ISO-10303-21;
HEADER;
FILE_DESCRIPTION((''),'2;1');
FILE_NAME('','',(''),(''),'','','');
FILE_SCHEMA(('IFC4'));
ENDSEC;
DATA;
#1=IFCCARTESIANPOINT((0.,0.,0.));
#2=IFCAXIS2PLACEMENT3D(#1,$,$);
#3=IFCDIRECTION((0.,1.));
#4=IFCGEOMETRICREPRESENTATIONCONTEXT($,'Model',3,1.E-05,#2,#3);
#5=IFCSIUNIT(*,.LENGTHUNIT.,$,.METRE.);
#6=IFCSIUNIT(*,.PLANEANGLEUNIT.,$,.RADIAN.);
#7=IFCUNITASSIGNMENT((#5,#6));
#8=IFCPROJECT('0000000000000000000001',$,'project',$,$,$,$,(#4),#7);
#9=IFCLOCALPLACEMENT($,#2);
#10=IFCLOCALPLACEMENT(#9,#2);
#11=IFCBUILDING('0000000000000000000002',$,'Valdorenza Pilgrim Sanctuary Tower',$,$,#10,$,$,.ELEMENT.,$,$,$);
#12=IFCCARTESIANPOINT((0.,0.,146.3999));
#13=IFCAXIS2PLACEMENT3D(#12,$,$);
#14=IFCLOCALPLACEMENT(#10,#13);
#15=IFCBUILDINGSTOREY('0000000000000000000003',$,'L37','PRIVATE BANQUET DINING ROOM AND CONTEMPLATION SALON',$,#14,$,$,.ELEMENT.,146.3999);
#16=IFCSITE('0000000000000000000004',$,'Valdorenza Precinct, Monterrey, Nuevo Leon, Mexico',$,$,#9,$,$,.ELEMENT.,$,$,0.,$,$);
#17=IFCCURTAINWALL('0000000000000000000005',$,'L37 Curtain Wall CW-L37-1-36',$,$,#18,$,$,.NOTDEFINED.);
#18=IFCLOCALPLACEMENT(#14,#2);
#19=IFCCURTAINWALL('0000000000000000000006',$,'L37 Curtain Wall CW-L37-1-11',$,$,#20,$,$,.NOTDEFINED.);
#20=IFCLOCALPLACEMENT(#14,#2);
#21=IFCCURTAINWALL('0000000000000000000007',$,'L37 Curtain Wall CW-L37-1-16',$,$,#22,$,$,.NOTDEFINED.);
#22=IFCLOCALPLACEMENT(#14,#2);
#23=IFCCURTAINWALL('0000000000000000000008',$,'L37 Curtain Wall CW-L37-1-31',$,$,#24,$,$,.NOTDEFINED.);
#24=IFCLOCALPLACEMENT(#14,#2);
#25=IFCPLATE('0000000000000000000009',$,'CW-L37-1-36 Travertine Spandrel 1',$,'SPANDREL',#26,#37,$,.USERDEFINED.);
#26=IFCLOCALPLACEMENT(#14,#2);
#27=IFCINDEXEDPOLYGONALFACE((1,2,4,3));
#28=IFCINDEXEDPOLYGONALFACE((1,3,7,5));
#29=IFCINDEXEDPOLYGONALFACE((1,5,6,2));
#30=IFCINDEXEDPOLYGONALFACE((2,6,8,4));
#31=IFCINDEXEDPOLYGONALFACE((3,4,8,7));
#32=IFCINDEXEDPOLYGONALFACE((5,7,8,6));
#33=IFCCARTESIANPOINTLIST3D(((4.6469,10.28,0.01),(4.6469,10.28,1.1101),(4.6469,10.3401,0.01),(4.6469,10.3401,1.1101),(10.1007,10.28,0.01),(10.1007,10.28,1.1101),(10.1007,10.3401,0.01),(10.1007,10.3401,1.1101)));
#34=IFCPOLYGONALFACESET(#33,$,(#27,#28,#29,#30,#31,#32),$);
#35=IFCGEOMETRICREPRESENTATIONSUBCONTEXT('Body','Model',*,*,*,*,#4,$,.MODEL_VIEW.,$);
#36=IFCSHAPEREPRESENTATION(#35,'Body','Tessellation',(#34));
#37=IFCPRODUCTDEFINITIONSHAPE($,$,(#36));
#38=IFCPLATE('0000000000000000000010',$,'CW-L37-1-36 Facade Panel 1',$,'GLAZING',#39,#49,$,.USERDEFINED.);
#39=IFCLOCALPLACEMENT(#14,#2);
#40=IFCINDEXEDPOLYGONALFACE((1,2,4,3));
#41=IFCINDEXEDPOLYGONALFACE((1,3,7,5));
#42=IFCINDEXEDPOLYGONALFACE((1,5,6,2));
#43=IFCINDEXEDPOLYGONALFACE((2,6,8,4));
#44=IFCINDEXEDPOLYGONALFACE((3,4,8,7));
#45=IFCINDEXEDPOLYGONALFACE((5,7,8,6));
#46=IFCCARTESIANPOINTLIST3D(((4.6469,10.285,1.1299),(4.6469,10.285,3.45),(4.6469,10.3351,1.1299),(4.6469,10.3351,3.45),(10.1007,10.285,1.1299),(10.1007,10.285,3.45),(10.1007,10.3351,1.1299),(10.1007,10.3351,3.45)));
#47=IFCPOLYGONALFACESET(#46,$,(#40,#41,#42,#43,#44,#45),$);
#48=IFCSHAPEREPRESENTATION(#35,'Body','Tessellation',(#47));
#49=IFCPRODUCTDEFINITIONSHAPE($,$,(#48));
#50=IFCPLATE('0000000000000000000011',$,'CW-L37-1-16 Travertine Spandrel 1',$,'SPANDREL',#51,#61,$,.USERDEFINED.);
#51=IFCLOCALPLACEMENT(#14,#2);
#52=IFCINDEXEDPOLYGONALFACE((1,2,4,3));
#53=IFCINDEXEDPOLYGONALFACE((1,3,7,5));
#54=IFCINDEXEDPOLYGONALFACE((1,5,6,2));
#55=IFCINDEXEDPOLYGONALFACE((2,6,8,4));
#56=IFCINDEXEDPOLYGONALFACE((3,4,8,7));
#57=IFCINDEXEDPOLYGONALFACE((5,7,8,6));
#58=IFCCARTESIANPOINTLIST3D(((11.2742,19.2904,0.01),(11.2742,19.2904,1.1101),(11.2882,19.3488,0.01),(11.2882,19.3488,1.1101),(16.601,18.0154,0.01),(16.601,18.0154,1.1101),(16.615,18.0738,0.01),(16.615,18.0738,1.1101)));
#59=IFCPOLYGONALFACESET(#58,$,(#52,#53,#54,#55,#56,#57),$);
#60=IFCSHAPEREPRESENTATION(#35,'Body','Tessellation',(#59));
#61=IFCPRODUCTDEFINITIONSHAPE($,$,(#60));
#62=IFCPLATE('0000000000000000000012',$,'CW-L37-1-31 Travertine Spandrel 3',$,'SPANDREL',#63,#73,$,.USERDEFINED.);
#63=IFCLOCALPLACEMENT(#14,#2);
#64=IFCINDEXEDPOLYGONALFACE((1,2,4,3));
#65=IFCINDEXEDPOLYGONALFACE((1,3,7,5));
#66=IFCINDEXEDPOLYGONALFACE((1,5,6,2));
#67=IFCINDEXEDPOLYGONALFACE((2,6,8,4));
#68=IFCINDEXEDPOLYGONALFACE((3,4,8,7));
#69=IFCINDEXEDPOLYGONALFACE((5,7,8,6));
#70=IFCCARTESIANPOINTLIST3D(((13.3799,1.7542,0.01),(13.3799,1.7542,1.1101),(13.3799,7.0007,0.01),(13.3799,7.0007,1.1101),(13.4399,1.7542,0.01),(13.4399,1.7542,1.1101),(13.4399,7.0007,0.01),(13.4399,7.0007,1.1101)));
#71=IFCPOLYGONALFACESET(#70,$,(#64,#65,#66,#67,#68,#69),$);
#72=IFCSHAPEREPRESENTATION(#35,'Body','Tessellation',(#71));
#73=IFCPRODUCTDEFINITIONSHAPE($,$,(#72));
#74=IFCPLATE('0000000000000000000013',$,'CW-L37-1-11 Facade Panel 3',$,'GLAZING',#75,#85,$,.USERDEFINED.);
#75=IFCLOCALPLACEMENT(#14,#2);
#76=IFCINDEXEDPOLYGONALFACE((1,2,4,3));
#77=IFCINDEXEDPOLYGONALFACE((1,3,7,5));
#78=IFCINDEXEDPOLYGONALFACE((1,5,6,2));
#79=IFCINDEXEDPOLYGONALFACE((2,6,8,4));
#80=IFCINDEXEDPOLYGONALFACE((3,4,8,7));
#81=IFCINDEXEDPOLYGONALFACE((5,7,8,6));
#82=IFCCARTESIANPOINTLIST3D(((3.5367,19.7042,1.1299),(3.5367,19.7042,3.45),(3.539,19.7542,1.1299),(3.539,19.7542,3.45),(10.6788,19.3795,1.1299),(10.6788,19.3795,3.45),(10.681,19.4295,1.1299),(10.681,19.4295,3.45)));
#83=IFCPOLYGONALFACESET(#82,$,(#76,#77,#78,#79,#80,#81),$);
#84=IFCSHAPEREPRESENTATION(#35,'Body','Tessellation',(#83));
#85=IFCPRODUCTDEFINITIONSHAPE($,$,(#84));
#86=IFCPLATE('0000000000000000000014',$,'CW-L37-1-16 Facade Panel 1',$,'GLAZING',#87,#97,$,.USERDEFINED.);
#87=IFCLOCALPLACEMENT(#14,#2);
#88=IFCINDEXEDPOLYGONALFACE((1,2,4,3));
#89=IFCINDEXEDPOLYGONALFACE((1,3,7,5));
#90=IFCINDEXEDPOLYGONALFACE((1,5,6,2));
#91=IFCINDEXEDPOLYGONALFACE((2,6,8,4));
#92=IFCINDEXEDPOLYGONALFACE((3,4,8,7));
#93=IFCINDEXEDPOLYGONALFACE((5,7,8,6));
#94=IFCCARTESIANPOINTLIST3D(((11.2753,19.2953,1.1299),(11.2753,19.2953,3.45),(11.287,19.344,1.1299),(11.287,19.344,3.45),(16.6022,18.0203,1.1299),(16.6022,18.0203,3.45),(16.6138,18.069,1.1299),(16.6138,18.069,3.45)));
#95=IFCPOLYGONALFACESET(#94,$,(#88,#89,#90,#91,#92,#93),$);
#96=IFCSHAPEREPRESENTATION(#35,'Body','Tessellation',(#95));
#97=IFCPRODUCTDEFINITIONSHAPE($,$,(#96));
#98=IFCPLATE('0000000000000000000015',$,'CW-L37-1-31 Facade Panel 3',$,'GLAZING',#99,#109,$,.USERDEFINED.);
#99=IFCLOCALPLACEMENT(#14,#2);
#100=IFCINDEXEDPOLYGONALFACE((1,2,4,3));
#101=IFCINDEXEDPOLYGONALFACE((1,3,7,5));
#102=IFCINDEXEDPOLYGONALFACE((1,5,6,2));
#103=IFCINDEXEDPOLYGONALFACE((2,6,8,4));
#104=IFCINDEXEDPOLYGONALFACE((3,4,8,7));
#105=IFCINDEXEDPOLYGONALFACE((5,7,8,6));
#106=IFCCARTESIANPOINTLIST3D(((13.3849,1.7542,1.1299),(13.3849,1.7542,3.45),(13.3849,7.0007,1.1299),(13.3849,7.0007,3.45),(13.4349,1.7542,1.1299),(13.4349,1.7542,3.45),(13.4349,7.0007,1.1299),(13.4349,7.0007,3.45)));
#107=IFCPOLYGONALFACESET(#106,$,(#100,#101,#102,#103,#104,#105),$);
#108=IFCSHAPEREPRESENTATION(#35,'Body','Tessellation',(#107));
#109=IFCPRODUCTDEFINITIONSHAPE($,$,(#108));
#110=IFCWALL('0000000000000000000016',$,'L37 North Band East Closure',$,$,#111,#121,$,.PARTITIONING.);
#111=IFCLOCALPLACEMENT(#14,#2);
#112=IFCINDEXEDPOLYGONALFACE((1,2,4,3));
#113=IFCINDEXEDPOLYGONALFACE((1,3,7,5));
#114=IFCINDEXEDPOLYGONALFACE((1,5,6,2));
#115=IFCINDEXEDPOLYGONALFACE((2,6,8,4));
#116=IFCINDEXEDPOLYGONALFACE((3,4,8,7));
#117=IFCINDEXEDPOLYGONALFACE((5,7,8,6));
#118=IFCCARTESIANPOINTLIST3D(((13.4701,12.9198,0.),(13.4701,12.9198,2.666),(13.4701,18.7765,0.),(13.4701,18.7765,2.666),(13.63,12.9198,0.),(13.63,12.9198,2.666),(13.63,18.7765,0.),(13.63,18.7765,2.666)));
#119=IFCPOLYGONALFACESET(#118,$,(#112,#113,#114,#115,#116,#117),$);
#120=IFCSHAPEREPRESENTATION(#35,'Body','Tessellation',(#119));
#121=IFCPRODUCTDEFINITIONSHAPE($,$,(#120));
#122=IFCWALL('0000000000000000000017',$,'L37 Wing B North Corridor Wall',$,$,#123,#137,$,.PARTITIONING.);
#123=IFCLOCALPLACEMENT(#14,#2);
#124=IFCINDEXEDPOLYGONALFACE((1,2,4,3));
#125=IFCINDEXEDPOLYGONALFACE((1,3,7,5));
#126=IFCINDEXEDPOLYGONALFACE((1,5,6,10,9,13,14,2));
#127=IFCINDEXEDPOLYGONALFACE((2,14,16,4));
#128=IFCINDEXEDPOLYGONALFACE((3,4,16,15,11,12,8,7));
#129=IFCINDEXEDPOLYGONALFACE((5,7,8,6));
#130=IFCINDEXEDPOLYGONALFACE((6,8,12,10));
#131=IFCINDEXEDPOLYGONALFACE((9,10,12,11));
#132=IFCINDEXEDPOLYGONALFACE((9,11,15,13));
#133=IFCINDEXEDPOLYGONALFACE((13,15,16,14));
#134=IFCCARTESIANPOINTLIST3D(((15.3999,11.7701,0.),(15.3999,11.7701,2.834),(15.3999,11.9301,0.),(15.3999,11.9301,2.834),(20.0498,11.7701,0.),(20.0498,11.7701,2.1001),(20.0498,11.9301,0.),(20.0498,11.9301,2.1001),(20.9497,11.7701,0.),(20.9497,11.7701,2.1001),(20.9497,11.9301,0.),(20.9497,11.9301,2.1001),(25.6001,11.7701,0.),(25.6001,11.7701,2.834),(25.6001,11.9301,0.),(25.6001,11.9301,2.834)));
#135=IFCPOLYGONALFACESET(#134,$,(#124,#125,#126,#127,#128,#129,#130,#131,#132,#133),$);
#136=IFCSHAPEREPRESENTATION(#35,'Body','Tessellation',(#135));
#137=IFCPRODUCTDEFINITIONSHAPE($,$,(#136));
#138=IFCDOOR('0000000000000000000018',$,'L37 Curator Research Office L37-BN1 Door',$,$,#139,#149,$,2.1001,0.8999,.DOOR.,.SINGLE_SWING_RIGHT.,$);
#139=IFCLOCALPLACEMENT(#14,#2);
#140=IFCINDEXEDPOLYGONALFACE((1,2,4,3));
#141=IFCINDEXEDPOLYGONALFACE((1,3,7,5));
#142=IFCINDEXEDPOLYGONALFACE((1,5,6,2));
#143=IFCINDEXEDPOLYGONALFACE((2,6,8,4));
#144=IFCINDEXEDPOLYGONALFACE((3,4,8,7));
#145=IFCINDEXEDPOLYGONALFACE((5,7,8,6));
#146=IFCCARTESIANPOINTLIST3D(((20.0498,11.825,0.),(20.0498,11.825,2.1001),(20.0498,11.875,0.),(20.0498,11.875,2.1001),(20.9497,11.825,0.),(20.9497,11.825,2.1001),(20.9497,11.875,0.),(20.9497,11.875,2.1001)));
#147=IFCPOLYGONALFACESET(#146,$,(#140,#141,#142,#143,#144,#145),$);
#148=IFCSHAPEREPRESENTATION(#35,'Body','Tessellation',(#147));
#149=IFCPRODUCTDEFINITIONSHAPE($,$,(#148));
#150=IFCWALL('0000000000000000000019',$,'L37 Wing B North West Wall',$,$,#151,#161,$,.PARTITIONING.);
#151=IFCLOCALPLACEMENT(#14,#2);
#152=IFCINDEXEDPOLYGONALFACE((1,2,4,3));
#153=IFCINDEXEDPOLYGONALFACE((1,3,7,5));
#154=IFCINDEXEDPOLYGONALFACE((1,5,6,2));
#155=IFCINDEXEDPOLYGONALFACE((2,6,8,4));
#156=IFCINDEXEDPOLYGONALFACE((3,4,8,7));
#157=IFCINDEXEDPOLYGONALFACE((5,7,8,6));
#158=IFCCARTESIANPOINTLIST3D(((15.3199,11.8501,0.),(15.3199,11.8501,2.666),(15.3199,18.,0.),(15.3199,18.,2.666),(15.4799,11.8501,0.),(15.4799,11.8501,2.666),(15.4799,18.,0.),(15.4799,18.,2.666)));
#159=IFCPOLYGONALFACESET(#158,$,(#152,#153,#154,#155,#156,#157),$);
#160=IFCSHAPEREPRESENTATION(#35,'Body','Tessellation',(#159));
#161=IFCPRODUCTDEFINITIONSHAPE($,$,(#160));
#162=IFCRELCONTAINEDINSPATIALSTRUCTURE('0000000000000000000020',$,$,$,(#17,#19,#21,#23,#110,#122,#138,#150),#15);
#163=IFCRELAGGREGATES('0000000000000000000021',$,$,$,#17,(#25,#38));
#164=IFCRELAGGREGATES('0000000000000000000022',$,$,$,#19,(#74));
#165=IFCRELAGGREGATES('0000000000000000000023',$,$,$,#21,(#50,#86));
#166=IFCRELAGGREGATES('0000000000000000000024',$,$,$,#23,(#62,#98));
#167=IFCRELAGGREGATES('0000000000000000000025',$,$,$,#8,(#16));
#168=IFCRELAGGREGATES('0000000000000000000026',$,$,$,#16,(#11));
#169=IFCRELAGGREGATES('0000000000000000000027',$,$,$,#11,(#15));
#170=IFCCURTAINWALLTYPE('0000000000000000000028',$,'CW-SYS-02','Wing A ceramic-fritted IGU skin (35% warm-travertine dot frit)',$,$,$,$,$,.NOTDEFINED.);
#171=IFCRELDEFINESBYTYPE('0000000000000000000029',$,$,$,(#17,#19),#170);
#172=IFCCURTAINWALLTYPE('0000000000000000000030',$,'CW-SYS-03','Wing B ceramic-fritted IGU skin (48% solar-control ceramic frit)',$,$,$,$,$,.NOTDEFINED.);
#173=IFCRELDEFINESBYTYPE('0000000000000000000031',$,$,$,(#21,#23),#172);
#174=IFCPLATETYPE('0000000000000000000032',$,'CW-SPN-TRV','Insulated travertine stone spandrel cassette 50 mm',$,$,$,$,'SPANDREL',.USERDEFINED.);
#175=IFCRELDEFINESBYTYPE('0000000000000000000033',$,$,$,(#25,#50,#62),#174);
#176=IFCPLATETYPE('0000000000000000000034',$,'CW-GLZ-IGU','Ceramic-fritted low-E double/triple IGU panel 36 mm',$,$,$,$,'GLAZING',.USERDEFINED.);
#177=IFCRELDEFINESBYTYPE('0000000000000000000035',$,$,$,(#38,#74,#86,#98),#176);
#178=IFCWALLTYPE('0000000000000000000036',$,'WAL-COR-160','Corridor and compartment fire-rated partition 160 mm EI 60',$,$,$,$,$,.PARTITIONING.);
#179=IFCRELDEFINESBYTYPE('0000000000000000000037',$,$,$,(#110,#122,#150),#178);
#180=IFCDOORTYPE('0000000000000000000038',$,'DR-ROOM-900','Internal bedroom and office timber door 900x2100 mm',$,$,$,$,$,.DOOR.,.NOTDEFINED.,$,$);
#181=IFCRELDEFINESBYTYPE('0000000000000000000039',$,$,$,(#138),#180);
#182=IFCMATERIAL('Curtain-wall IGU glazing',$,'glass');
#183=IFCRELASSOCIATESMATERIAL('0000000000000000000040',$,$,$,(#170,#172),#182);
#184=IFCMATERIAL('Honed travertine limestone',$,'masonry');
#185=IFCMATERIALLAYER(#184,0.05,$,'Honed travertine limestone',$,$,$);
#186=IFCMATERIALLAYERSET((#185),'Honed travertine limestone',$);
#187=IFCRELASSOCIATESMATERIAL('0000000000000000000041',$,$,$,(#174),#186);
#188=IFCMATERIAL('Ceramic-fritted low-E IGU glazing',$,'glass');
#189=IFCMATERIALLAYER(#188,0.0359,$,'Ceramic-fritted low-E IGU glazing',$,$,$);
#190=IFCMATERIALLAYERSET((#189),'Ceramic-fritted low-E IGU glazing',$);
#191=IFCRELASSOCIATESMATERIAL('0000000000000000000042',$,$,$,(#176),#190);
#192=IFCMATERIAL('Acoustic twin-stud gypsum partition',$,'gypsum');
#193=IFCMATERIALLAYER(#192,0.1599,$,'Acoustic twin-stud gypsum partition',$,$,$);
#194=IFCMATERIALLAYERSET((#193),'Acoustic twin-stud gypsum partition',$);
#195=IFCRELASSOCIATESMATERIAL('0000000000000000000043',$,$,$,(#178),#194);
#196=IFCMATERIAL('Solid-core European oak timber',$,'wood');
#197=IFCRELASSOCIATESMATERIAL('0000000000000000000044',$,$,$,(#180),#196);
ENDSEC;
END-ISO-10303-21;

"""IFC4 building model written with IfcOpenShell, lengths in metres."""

from ifc_helpers import new_model, si_unit, direction, frame, frame_2d, origin, origin_2d, place, context, subcontext, project, spatial, rectangle, extrude, source, transform, mapped, material, layer, layer_set, type_object, element, fill, aggregate, save


model = new_model("IFC4")

# Units and contexts
model_context = context("Model", 3, precision=1e-05, world=origin(), true_north=direction((0.0, 1.0)))
body_context = subcontext(model_context, "Body", "Model", "MODEL_VIEW")
ifc_project = project(units=[si_unit("LENGTHUNIT", "METRE"), si_unit("PLANEANGLEUNIT", "RADIAN")], contexts=[model_context])

# Site, building, storey
site_placement = place(None, origin())
site = spatial("IfcSite", under=ifc_project, at=site_placement, Name="Valdorenza Precinct, Monterrey, Nuevo Leon, Mexico", CompositionType="ELEMENT", RefElevation=0.0)
building_placement = place(site_placement, origin())
building = spatial("IfcBuilding", under=site, at=building_placement, Name="Valdorenza Pilgrim Sanctuary Tower", CompositionType="ELEMENT")
storey_placement = place(building_placement, frame((0.0, 0.0, 146.3999)))
storey = spatial("IfcBuildingStorey", under=building, at=storey_placement, Name="L37", Description="PRIVATE BANQUET DINING ROOM AND CONTEMPLATION SALON", CompositionType="ELEMENT", Elevation=146.3999)

# Curtain walls
ifc_material_1 = material(Name="Curtain-wall IGU glazing", Category="glass")
curtain_wall_type_1 = type_object("IfcCurtainWallType", Name="CW-SYS-02", Description="Wing A ceramic-fritted IGU skin (35% warm-travertine dot frit)", PredefinedType="NOTDEFINED", material=ifc_material_1)
curtain_wall_1_placement = place(storey_placement, origin())
curtain_wall_1 = element("IfcCurtainWall", 1, at=curtain_wall_1_placement, inside=storey, type_object=curtain_wall_type_1, Name="L37 Curtain Wall CW-L37-1-36", PredefinedType="NOTDEFINED")
curtain_wall_2_placement = place(storey_placement, origin())
curtain_wall_2 = element("IfcCurtainWall", 2, at=curtain_wall_2_placement, inside=storey, type_object=curtain_wall_type_1, Name="L37 Curtain Wall CW-L37-1-11", PredefinedType="NOTDEFINED")

# Curtain walls
curtain_wall_type_2 = type_object("IfcCurtainWallType", Name="CW-SYS-03", Description="Wing B ceramic-fritted IGU skin (48% solar-control ceramic frit)", PredefinedType="NOTDEFINED", material=ifc_material_1)
curtain_wall_3_placement = place(storey_placement, origin())
curtain_wall_3 = element("IfcCurtainWall", 3, at=curtain_wall_3_placement, inside=storey, type_object=curtain_wall_type_2, Name="L37 Curtain Wall CW-L37-1-16", PredefinedType="NOTDEFINED")
curtain_wall_4_placement = place(storey_placement, origin())
curtain_wall_4 = element("IfcCurtainWall", 4, at=curtain_wall_4_placement, inside=storey, type_object=curtain_wall_type_2, Name="L37 Curtain Wall CW-L37-1-31", PredefinedType="NOTDEFINED")

# Plates
ifc_material_2 = material(Name="Honed travertine limestone", Category="masonry")
ifc_layer_1 = layer(ifc_material_2, 0.05, Name="Honed travertine limestone")
ifc_layer_set_1 = layer_set([ifc_layer_1], Name="Honed travertine limestone")
plate_type_1 = type_object("IfcPlateType", Name="CW-SPN-TRV", Description="Insulated travertine stone spandrel cassette 50 mm", ElementType="SPANDREL", PredefinedType="USERDEFINED", material=ifc_layer_set_1)
shared_shape_1 = source(origin(), body_context, "Body", "SweptSolid", [
    extrude(rectangle(XDim=5.4539, YDim=0.0601, at=origin_2d()), origin(), (0.0, 0.0, 1.0), 1.1001),
])
plate_1_placement = place(storey_placement, frame((7.3738, 10.3101, 0.01), z_axis=(0.0, 0.0, 1.0), x_axis=(-1.0, 0.0, 0.0)))
plate_1 = element("IfcPlate", 5, at=plate_1_placement, type_object=plate_type_1, Name="CW-L37-1-36 Travertine Spandrel 1", ObjectType="SPANDREL", PredefinedType="USERDEFINED", context=body_context, shape_type="MappedRepresentation", body=[
    mapped(shared_shape_1, transform((0.0, 0.0, 0.0), x_axis=(1.0, 0.0, 0.0), y_axis=(0.0, 1.0, 0.0), z_axis=(0.0, 0.0, 1.0), scale=1.0)),
])
ifc_material_3 = material(Name="Ceramic-fritted low-E IGU glazing", Category="glass")
ifc_layer_2 = layer(ifc_material_3, 0.0359, Name="Ceramic-fritted low-E IGU glazing")
ifc_layer_set_2 = layer_set([ifc_layer_2], Name="Ceramic-fritted low-E IGU glazing")
plate_type_2 = type_object("IfcPlateType", Name="CW-GLZ-IGU", Description="Ceramic-fritted low-E double/triple IGU panel 36 mm", ElementType="GLAZING", PredefinedType="USERDEFINED", material=ifc_layer_set_2)
shared_shape_2 = source(origin(), body_context, "Body", "SweptSolid", [
    extrude(rectangle(XDim=5.4539, YDim=0.05, at=origin_2d()), origin(), (0.0, 0.0, 1.0), 2.3201),
])
plate_2_placement = place(storey_placement, frame((7.3738, 10.3101, 1.1299), z_axis=(0.0, 0.0, 1.0), x_axis=(-1.0, 0.0, 0.0)))
plate_2 = element("IfcPlate", 6, at=plate_2_placement, type_object=plate_type_2, Name="CW-L37-1-36 Facade Panel 1", ObjectType="GLAZING", PredefinedType="USERDEFINED", context=body_context, shape_type="MappedRepresentation", body=[
    mapped(shared_shape_2, transform((0.0, 0.0, 0.0), x_axis=(1.0, 0.0, 0.0), y_axis=(0.0, 1.0, 0.0), z_axis=(0.0, 0.0, 1.0), scale=1.0)),
])
aggregate(curtain_wall_1, [plate_1, plate_2])
shared_shape_3 = source(origin(), body_context, "Body", "SweptSolid", [
    extrude(rectangle(XDim=5.4773, YDim=0.0601, at=origin_2d()), origin(), (0.0, 0.0, 1.0), 1.1001),
])
plate_3_placement = place(storey_placement, frame((13.9446, 18.6821, 0.01), z_axis=(0.0, 0.0, 1.0), x_axis=(0.972529, -0.232783, 0.0)))
plate_3 = element("IfcPlate", 7, at=plate_3_placement, type_object=plate_type_1, Name="CW-L37-1-16 Travertine Spandrel 1", ObjectType="SPANDREL", PredefinedType="USERDEFINED", context=body_context, shape_type="MappedRepresentation", body=[
    mapped(shared_shape_3, transform((0.0, 0.0, 0.0), x_axis=(1.0, 0.0, 0.0), y_axis=(0.0, 1.0, 0.0), z_axis=(0.0, 0.0, 1.0), scale=1.0)),
])
shared_shape_4 = source(origin(), body_context, "Body", "SweptSolid", [
    extrude(rectangle(XDim=5.2466, YDim=0.0601, at=origin_2d()), origin(), (0.0, 0.0, 1.0), 1.1001),
])
plate_4_placement = place(storey_placement, frame((13.4099, 4.3774, 0.01), z_axis=(0.0, 0.0, 1.0), x_axis=(0.0, 1.0, 0.0)))
plate_4 = element("IfcPlate", 8, at=plate_4_placement, type_object=plate_type_1, Name="CW-L37-1-31 Travertine Spandrel 3", ObjectType="SPANDREL", PredefinedType="USERDEFINED", context=body_context, shape_type="MappedRepresentation", body=[
    mapped(shared_shape_4, transform((0.0, 0.0, 0.0), x_axis=(1.0, 0.0, 0.0), y_axis=(0.0, 1.0, 0.0), z_axis=(0.0, 0.0, 1.0), scale=1.0)),
])
shared_shape_5 = source(origin(), body_context, "Body", "SweptSolid", [
    extrude(rectangle(XDim=7.1494, YDim=0.05, at=origin_2d()), origin(), (0.0, 0.0, 1.0), 2.3201),
])
plate_5_placement = place(storey_placement, frame((7.1089, 19.5669, 1.1299), z_axis=(0.0, 0.0, 1.0), x_axis=(0.998968, -0.045415, 0.0)))
plate_5 = element("IfcPlate", 9, at=plate_5_placement, type_object=plate_type_2, Name="CW-L37-1-11 Facade Panel 3", ObjectType="GLAZING", PredefinedType="USERDEFINED", context=body_context, shape_type="MappedRepresentation", body=[
    mapped(shared_shape_5, transform((0.0, 0.0, 0.0), x_axis=(1.0, 0.0, 0.0), y_axis=(0.0, 1.0, 0.0), z_axis=(0.0, 0.0, 1.0), scale=1.0)),
])
aggregate(curtain_wall_2, [plate_5])
shared_shape_6 = source(origin(), body_context, "Body", "SweptSolid", [
    extrude(rectangle(XDim=5.4773, YDim=0.05, at=origin_2d()), origin(), (0.0, 0.0, 1.0), 2.3201),
])
plate_6_placement = place(storey_placement, frame((13.9446, 18.6821, 1.1299), z_axis=(0.0, 0.0, 1.0), x_axis=(0.972529, -0.232783, 0.0)))
plate_6 = element("IfcPlate", 10, at=plate_6_placement, type_object=plate_type_2, Name="CW-L37-1-16 Facade Panel 1", ObjectType="GLAZING", PredefinedType="USERDEFINED", context=body_context, shape_type="MappedRepresentation", body=[
    mapped(shared_shape_6, transform((0.0, 0.0, 0.0), x_axis=(1.0, 0.0, 0.0), y_axis=(0.0, 1.0, 0.0), z_axis=(0.0, 0.0, 1.0), scale=1.0)),
])
aggregate(curtain_wall_3, [plate_3, plate_6])
shared_shape_7 = source(origin(), body_context, "Body", "SweptSolid", [
    extrude(rectangle(XDim=5.2466, YDim=0.05, at=origin_2d()), origin(), (0.0, 0.0, 1.0), 2.3201),
])
plate_7_placement = place(storey_placement, frame((13.4099, 4.3774, 1.1299), z_axis=(0.0, 0.0, 1.0), x_axis=(0.0, 1.0, 0.0)))
plate_7 = element("IfcPlate", 11, at=plate_7_placement, type_object=plate_type_2, Name="CW-L37-1-31 Facade Panel 3", ObjectType="GLAZING", PredefinedType="USERDEFINED", context=body_context, shape_type="MappedRepresentation", body=[
    mapped(shared_shape_7, transform((0.0, 0.0, 0.0), x_axis=(1.0, 0.0, 0.0), y_axis=(0.0, 1.0, 0.0), z_axis=(0.0, 0.0, 1.0), scale=1.0)),
])
aggregate(curtain_wall_4, [plate_4, plate_7])

# Wall
ifc_material_4 = material(Name="Acoustic twin-stud gypsum partition", Category="gypsum")
ifc_layer_3 = layer(ifc_material_4, 0.1599, Name="Acoustic twin-stud gypsum partition")
ifc_layer_set_3 = layer_set([ifc_layer_3], Name="Acoustic twin-stud gypsum partition")
wall_type_1 = type_object("IfcWallType", Name="WAL-COR-160", Description="Corridor and compartment fire-rated partition 160 mm EI 60", PredefinedType="PARTITIONING", material=ifc_layer_set_3)
wall_1_placement = place(storey_placement, frame((13.55, 12.9199, 0.0), z_axis=(0.0, 0.0, 1.0), x_axis=(0.0, 1.0, 0.0)))
element("IfcWall", 12, at=wall_1_placement, inside=storey, type_object=wall_type_1, Name="L37 North Band East Closure", PredefinedType="PARTITIONING", context=body_context, shape_type="SweptSolid", body=[
    extrude(rectangle(XDim=5.8567, YDim=0.1599, at=frame_2d((2.9282, 0.0))), origin(), (0.0, 0.0, 1.0), 2.666),
])

# Wall, opening, door
wall_2_placement = place(storey_placement, frame((15.3999, 11.8501, 0.0), z_axis=(0.0, 0.0, 1.0), x_axis=(1.0, 0.0, 0.0)))
wall_2 = element("IfcWall", 13, at=wall_2_placement, inside=storey, type_object=wall_type_1, Name="L37 Wing B North Corridor Wall", PredefinedType="PARTITIONING", context=body_context, shape_type="SweptSolid", body=[
    extrude(rectangle(XDim=10.2002, YDim=0.1599, at=frame_2d((5.1001, 0.0))), origin(), (0.0, 0.0, 1.0), 2.834),
])
opening_1_placement = place(wall_2_placement, frame((4.6499, 0.0, 0.0)))
opening_1 = element("IfcOpeningElement", 14, at=opening_1_placement, cuts=wall_2, PredefinedType="OPENING", context=body_context, shape_type="SweptSolid", body=[
    extrude(rectangle(XDim=0.8999, YDim=2.1001, at=frame_2d((0.45, 1.05))), frame((0.0, 0.0947, 0.0), z_axis=(0.0, -1.0, 0.0), x_axis=(1.0, 0.0, 0.0)), (0.0, 0.0, 1.0), 0.1897),
])
ifc_material_5 = material(Name="Solid-core European oak timber", Category="wood")
door_type = type_object("IfcDoorType", Name="DR-ROOM-900", Description="Internal bedroom and office timber door 900x2100 mm", OperationType="NOTDEFINED", PredefinedType="DOOR", material=ifc_material_5)
door_1_placement = place(opening_1_placement, origin())
door_1 = element("IfcDoor", 15, at=door_1_placement, inside=storey, type_object=door_type, Name="L37 Curator Research Office L37-BN1 Door", OperationType="SINGLE_SWING_RIGHT", OverallHeight=2.1001, OverallWidth=0.8999, PredefinedType="DOOR", context=body_context, shape_type="SweptSolid", body=[
    extrude(rectangle(XDim=0.8999, YDim=2.1001, at=frame_2d((0.45, 1.05))), frame((0.0, 0.0249, 0.0), z_axis=(0.0, -1.0, 0.0), x_axis=(1.0, 0.0, 0.0)), (0.0, 0.0, 1.0), 0.05),
])
fill(opening_1, door_1)

# Wall
wall_3_placement = place(storey_placement, frame((15.3999, 11.8501, 0.0), z_axis=(0.0, 0.0, 1.0), x_axis=(0.0, 1.0, 0.0)))
element("IfcWall", 16, at=wall_3_placement, inside=storey, type_object=wall_type_1, Name="L37 Wing B North West Wall", PredefinedType="PARTITIONING", context=body_context, shape_type="SweptSolid", body=[
    extrude(rectangle(XDim=6.1499, YDim=0.1599, at=frame_2d((3.075, 0.0))), origin(), (0.0, 0.0, 1.0), 2.666),
])

save(model, "model.ifc")
